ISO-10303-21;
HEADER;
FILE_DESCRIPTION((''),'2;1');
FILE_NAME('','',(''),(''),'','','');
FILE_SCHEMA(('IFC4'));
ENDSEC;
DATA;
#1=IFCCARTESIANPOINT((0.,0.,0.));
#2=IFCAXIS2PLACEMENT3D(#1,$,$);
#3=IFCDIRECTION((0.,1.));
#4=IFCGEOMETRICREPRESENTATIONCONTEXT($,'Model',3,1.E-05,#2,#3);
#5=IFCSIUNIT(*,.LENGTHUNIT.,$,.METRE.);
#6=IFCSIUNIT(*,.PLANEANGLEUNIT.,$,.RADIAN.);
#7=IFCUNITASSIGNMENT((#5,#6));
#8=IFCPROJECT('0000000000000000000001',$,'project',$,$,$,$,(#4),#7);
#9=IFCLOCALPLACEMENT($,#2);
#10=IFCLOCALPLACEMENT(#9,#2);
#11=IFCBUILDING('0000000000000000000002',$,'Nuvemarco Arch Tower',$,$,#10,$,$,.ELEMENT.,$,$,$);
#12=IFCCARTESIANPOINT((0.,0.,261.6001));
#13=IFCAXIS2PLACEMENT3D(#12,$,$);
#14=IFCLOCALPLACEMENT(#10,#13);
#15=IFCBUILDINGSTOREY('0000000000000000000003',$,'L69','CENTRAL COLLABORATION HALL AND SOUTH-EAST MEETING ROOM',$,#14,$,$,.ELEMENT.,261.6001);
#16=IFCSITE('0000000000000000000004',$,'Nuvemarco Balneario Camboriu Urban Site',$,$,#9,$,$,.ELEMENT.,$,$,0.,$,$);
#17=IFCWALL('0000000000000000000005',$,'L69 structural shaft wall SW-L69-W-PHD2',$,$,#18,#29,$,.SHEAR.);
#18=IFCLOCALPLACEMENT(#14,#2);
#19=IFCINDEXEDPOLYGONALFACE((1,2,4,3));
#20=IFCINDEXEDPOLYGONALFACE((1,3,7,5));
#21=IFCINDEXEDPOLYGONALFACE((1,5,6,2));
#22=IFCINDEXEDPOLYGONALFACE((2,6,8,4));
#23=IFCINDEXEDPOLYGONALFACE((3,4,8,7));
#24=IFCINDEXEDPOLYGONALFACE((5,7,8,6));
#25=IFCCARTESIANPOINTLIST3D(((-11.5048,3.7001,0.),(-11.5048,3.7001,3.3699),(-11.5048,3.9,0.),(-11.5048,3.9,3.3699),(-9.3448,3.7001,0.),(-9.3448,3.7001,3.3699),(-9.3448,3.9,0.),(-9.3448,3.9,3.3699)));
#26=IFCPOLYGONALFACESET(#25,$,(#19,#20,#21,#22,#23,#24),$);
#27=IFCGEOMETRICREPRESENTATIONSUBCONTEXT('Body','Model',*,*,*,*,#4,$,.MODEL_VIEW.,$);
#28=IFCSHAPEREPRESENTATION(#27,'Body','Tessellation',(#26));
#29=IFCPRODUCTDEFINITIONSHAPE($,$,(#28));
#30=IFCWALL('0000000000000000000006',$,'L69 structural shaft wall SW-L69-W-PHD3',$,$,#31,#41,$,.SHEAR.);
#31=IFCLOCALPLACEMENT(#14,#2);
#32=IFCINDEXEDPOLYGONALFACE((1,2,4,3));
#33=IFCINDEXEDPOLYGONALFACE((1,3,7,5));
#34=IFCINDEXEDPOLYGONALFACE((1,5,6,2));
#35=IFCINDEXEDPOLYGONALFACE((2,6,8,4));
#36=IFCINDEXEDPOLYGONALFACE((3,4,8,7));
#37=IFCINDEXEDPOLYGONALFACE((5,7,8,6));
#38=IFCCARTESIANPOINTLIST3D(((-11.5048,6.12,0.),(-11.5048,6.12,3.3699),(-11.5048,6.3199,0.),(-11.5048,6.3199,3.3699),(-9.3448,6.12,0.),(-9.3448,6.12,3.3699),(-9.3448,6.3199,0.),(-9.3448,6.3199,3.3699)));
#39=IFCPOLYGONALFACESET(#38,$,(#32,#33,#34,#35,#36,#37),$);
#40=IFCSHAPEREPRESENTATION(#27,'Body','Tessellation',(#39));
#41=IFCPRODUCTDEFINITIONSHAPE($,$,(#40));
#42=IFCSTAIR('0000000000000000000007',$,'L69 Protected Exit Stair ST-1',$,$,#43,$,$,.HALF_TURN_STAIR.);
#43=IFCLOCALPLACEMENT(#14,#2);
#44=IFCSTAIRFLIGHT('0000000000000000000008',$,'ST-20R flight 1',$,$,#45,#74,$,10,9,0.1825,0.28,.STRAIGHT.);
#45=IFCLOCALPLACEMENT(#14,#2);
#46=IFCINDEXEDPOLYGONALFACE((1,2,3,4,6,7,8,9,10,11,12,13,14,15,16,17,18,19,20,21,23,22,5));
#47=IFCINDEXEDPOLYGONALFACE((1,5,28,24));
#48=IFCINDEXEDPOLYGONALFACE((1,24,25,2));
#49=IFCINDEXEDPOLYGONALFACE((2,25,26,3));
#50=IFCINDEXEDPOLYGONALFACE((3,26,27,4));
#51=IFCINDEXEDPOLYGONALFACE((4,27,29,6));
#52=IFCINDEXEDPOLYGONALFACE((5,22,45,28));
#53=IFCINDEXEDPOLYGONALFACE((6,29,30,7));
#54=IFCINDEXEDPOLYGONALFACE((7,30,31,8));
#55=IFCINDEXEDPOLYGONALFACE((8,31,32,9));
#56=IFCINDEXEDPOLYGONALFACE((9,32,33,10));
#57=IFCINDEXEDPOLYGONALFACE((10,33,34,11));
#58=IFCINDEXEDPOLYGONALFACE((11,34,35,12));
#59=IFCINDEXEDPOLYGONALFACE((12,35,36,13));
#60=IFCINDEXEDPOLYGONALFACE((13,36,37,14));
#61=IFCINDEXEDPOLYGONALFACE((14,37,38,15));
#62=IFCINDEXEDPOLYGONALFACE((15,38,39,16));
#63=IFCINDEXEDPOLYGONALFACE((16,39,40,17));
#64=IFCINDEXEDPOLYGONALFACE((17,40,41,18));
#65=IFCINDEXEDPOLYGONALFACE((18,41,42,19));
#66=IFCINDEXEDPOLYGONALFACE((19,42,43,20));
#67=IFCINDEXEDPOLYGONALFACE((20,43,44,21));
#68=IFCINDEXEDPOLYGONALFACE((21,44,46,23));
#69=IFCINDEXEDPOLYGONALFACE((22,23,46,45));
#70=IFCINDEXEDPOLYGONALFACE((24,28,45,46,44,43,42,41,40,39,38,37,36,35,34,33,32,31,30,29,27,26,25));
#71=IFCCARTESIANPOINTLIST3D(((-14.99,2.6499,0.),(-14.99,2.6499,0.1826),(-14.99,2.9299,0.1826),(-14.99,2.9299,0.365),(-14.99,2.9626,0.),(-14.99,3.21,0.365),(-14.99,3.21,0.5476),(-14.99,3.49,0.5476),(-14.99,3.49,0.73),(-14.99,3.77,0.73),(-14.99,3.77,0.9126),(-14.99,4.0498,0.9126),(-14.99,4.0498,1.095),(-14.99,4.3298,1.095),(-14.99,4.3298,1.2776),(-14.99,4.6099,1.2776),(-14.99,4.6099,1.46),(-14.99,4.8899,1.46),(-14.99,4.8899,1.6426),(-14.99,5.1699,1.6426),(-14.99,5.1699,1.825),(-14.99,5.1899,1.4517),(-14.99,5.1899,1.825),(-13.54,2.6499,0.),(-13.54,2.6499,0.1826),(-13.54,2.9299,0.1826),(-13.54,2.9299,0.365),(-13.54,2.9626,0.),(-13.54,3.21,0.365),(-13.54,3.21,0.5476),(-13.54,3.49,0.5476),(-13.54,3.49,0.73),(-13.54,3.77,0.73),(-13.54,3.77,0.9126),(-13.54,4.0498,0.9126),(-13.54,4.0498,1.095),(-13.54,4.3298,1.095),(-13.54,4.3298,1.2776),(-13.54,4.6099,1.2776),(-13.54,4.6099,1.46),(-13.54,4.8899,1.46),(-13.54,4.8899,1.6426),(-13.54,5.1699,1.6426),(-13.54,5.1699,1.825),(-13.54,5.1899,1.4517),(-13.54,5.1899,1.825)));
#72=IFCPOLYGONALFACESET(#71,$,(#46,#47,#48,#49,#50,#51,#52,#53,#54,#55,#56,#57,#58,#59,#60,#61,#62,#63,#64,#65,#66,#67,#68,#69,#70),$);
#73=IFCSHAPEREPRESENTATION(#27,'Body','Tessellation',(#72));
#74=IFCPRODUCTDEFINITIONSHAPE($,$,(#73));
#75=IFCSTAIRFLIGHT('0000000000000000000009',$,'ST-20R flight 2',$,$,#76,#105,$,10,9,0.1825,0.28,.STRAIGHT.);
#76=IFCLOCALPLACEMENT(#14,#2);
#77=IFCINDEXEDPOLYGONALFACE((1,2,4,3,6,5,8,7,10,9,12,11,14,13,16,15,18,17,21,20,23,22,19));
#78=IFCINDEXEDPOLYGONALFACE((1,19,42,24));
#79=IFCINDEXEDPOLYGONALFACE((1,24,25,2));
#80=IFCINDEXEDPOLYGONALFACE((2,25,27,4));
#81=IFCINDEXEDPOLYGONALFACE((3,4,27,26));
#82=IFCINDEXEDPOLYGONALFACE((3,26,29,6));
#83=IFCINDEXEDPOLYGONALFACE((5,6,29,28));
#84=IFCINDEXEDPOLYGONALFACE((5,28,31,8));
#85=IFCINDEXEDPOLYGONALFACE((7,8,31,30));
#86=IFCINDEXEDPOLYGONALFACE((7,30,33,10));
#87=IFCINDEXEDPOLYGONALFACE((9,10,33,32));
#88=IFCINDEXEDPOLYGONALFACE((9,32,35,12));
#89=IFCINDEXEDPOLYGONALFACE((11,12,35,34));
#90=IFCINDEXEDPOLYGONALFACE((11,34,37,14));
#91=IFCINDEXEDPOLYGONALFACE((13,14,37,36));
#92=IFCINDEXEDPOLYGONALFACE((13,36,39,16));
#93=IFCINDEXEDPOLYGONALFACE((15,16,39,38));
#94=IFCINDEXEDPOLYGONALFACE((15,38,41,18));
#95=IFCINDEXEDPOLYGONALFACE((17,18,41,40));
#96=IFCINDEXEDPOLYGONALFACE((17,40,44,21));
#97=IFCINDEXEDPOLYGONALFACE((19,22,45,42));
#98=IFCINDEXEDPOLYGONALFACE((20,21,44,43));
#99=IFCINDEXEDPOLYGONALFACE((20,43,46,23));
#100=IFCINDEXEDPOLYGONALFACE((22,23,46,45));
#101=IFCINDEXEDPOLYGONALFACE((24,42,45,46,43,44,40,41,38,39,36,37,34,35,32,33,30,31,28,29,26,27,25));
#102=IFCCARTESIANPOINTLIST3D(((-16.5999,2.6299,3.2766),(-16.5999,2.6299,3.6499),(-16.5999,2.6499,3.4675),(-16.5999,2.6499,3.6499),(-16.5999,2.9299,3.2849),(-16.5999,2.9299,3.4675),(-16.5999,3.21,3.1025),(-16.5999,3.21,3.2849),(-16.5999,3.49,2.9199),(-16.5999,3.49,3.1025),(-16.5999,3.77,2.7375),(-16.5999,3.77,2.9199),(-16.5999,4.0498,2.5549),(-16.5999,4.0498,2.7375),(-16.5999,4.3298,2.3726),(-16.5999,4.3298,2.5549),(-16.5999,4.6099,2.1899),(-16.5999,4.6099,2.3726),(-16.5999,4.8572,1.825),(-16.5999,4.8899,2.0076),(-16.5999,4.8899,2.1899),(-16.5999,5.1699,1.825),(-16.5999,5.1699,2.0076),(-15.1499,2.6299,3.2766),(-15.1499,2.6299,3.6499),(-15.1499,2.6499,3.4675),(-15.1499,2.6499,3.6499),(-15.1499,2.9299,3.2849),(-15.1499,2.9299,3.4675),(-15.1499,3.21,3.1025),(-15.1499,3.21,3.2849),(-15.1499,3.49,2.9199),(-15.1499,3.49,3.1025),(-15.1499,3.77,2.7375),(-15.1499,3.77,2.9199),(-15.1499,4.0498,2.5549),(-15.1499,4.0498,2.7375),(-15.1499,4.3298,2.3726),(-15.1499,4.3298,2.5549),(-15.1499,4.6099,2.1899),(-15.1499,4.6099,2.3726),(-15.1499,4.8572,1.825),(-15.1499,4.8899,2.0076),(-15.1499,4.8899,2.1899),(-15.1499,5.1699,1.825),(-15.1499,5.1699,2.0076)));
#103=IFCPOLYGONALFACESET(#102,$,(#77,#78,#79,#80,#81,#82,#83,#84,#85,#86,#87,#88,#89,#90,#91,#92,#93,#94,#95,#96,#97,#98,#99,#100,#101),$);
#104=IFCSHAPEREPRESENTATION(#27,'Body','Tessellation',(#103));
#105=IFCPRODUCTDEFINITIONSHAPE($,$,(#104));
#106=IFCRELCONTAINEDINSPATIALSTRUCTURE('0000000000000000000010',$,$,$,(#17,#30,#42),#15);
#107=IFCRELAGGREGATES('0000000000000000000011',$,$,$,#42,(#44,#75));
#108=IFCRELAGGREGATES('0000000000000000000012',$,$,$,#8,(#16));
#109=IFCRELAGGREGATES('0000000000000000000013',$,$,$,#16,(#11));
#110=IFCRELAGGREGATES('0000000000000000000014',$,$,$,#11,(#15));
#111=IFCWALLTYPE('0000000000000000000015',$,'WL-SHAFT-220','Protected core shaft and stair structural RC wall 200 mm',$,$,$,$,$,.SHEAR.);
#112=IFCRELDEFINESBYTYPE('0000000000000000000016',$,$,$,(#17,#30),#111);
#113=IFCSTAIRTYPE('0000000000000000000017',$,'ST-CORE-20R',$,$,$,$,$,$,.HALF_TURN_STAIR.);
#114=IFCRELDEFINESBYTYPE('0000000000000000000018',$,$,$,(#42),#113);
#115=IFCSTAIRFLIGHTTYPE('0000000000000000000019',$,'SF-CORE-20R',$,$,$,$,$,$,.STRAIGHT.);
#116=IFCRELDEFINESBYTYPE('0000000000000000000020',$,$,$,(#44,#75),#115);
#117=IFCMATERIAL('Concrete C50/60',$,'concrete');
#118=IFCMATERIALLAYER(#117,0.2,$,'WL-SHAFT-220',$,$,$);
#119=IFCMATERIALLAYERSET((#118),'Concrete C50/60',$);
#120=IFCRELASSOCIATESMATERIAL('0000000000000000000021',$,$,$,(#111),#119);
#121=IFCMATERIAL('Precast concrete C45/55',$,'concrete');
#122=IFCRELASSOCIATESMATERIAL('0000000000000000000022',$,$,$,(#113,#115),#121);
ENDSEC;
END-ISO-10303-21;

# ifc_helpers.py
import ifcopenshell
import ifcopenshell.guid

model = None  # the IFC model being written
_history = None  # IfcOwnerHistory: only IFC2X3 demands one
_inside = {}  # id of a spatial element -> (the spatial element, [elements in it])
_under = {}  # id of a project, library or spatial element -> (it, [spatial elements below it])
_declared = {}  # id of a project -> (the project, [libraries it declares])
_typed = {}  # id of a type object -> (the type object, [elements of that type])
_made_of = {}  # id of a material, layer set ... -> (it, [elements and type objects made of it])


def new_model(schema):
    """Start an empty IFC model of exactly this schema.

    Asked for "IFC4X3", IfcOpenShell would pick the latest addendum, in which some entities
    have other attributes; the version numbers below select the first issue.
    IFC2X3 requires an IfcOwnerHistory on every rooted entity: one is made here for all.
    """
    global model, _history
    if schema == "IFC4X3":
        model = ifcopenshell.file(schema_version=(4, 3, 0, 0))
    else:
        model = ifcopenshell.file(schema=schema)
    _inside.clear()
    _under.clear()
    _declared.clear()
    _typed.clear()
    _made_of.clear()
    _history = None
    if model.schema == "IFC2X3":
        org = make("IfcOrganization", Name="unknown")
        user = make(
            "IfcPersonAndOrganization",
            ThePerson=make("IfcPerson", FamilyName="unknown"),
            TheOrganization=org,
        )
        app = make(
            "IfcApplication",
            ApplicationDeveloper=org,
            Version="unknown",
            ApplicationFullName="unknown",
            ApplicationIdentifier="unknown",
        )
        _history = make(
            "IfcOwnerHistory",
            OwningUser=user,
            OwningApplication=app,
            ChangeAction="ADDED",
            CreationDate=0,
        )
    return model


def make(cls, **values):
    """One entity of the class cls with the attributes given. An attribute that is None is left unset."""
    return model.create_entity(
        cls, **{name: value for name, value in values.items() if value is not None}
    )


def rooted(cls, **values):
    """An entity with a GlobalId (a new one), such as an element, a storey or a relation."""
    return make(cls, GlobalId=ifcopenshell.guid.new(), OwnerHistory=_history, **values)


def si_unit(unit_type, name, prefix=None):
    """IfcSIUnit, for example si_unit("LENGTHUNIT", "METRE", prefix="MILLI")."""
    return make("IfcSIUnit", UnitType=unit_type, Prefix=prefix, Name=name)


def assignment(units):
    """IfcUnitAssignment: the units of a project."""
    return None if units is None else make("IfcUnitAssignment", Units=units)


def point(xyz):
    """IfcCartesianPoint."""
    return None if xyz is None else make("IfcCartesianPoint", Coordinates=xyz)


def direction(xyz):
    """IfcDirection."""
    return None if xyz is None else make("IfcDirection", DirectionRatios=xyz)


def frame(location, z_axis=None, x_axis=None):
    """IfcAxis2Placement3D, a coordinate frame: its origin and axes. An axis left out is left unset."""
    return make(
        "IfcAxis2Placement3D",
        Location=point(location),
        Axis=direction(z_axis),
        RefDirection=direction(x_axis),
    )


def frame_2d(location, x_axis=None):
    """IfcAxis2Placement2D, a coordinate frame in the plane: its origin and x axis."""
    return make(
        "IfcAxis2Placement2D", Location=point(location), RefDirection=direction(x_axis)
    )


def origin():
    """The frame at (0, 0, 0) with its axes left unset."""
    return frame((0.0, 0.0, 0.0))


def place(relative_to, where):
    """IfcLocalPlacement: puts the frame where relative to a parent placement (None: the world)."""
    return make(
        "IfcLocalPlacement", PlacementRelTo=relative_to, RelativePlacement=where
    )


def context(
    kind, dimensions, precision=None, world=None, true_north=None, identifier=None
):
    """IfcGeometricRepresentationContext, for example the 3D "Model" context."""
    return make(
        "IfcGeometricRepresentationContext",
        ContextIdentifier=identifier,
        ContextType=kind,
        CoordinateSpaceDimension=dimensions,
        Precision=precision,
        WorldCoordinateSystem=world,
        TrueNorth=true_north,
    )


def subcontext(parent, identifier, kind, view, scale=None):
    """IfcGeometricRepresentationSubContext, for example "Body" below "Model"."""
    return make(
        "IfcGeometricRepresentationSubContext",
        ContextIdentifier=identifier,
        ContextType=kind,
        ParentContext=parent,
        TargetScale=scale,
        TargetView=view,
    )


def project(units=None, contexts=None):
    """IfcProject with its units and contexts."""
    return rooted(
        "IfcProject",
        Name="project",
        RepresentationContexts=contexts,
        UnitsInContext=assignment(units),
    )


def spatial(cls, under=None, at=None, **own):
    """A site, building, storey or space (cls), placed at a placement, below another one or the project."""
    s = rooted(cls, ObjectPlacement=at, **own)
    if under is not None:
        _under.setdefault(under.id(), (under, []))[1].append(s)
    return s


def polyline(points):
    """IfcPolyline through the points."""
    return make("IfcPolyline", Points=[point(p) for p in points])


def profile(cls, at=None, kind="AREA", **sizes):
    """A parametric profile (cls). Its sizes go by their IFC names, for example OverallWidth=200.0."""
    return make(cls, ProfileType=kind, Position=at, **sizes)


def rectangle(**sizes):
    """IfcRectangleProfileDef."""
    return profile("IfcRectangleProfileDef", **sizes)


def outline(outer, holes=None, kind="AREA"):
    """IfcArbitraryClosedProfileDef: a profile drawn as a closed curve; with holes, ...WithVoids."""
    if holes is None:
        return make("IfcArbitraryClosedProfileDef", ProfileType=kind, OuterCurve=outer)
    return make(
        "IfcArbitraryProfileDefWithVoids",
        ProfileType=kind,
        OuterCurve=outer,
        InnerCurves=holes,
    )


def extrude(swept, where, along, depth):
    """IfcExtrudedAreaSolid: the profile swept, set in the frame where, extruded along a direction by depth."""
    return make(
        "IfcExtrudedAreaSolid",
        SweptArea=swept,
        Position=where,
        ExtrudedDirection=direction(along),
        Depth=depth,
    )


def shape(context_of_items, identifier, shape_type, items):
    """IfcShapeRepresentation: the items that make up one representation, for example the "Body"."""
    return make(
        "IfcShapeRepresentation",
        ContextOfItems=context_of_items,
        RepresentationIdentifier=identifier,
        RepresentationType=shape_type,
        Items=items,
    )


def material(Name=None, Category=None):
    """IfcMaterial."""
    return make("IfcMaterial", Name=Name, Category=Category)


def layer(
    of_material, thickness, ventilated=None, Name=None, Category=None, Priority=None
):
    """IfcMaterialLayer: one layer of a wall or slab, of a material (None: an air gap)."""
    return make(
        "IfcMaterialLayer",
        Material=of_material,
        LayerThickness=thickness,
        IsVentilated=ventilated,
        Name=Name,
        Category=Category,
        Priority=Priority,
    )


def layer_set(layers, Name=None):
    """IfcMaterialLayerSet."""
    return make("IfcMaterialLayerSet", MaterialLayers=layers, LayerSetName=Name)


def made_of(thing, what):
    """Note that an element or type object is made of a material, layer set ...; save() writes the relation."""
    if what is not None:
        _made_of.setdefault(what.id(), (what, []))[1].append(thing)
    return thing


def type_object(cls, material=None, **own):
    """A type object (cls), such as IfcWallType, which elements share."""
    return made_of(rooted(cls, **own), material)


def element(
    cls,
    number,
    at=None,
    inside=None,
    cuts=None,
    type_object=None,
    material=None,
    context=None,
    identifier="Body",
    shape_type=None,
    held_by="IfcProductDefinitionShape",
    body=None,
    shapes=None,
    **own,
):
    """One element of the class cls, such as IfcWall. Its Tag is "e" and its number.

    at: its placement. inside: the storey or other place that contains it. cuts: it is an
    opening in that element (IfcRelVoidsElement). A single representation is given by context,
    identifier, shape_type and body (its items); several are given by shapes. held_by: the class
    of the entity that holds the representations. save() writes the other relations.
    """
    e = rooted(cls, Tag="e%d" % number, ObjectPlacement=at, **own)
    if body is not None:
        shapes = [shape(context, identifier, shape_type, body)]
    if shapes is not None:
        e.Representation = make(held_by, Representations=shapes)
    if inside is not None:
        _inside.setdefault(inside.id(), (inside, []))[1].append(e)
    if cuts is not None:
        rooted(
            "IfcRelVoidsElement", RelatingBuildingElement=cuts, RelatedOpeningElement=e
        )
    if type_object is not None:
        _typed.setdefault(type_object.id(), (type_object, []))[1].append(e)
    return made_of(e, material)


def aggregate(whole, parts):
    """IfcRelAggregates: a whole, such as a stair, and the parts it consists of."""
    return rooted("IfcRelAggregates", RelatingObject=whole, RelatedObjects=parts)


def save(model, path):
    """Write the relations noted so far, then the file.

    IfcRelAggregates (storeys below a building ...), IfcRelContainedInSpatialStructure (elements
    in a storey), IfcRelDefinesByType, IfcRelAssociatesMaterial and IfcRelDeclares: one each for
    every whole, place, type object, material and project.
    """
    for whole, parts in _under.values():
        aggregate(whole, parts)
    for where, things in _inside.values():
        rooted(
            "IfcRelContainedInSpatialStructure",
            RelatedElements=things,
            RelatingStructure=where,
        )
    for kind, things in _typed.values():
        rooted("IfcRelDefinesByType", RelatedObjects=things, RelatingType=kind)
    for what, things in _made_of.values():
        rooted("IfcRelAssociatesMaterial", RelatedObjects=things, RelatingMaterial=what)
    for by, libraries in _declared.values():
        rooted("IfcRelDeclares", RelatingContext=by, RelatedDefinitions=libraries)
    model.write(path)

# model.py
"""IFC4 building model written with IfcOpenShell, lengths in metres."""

from ifc_helpers import new_model, si_unit, direction, frame, frame_2d, origin, place, context, subcontext, project, spatial, polyline, rectangle, outline, extrude, material, layer, layer_set, type_object, element, aggregate, save


model = new_model("IFC4")

# Units and contexts
model_context = context("Model", 3, precision=1e-05, world=origin(), true_north=direction((0.0, 1.0)))
body_context = subcontext(model_context, "Body", "Model", "MODEL_VIEW")
ifc_project = project(units=[si_unit("LENGTHUNIT", "METRE"), si_unit("PLANEANGLEUNIT", "RADIAN")], contexts=[model_context])

# Site, building, storey
site_placement = place(None, origin())
site = spatial("IfcSite", under=ifc_project, at=site_placement, Name="Nuvemarco Balneario Camboriu Urban Site", CompositionType="ELEMENT", RefElevation=0.0)
building_placement = place(site_placement, origin())
building = spatial("IfcBuilding", under=site, at=building_placement, Name="Nuvemarco Arch Tower", CompositionType="ELEMENT")
storey_placement = place(building_placement, frame((0.0, 0.0, 261.6001)))
storey = spatial("IfcBuildingStorey", under=building, at=storey_placement, Name="L69", Description="CENTRAL COLLABORATION HALL AND SOUTH-EAST MEETING ROOM", CompositionType="ELEMENT", Elevation=261.6001)

# Shared definitions
ifc_material_1 = material(Name="Concrete C50/60", Category="concrete")

# Shared definitions
ifc_layer_1 = layer(ifc_material_1, 0.2, Name="WL-SHAFT-220")
ifc_layer_set_1 = layer_set([ifc_layer_1], Name="Concrete C50/60")
wall_type_1 = type_object("IfcWallType", Name="WL-SHAFT-220", Description="Protected core shaft and stair structural RC wall 200 mm", PredefinedType="SHEAR", material=ifc_layer_set_1)

# Walls
for number, where, z_axis, x_axis, name in (
    (1, (-11.5049, 3.8, 0.0), (0.0, 0.0, 1.0), (1.0, 0.0, 0.0), "L69 structural shaft wall SW-L69-W-PHD2"),
    (2, (-11.5049, 6.22, 0.0), (0.0, 0.0, 1.0), (1.0, 0.0, 0.0), "L69 structural shaft wall SW-L69-W-PHD3"),
):
    element("IfcWall", number, at=place(storey_placement, frame(where, z_axis=z_axis, x_axis=x_axis)), inside=storey, type_object=wall_type_1, Name=name, PredefinedType="SHEAR", context=body_context, shape_type="SweptSolid", body=[
        extrude(rectangle(XDim=2.1599, YDim=0.2, at=frame_2d((1.0801, 0.0))), origin(), (0.0, 0.0, 1.0), 3.3699),
    ])

# Stair, stair flights
ifc_material_2 = material(Name="Precast concrete C45/55", Category="concrete")
stair_type = type_object("IfcStairType", Name="ST-CORE-20R", PredefinedType="HALF_TURN_STAIR", material=ifc_material_2)
stair_placement = place(storey_placement, origin())
stair = element("IfcStair", 3, at=stair_placement, inside=storey, type_object=stair_type, Name="L69 Protected Exit Stair ST-1", PredefinedType="HALF_TURN_STAIR")
stair_flight_type = type_object("IfcStairFlightType", Name="SF-CORE-20R", PredefinedType="STRAIGHT", material=ifc_material_2)
stair_flight_1_placement = place(storey_placement, frame((-14.2649, 2.6499, 0.0), z_axis=(0.0, 0.0, 1.0), x_axis=(0.0, 1.0, 0.0)))
stair_flight_1 = element("IfcStairFlight", 4, at=stair_flight_1_placement, type_object=stair_flight_type, Name="ST-20R flight 1", NumberOfRisers=10, NumberOfTreads=9, PredefinedType="STRAIGHT", RiserHeight=0.1825, TreadLength=0.28, context=body_context, shape_type="SweptSolid", body=[
    extrude(outline(polyline([(0.0, 0.0), (0.0, 0.1826), (0.28, 0.1826), (0.28, 0.365), (0.5601, 0.365), (0.5601, 0.5476), (0.8401, 0.5476), (0.8401, 0.73), (1.1201, 0.73), (1.1201, 0.9126), (1.3999, 0.9126), (1.3999, 1.095), (1.6799, 1.095), (1.6799, 1.2776), (1.96, 1.2776), (1.96, 1.46), (2.24, 1.46), (2.24, 1.6426), (2.52, 1.6426), (2.52, 1.825), (2.54, 1.825), (2.54, 1.4517), (0.3127, 0.0), (0.0, 0.0)])), frame((0.0, 0.7251, 0.0), z_axis=(0.0, -1.0, 0.0), x_axis=(1.0, 0.0, 0.0)), (0.0, 0.0, 1.0), 1.45),
])
stair_flight_2_placement = place(storey_placement, frame((-15.875, 5.1699, 1.825), z_axis=(0.0, 0.0, 1.0), x_axis=(0.0, -1.0, 0.0)))
stair_flight_2 = element("IfcStairFlight", 5, at=stair_flight_2_placement, type_object=stair_flight_type, Name="ST-20R flight 2", NumberOfRisers=10, NumberOfTreads=9, PredefinedType="STRAIGHT", RiserHeight=0.1825, TreadLength=0.28, context=body_context, shape_type="SweptSolid", body=[
    extrude(outline(polyline([(0.0, 0.0), (0.0, 0.1826), (0.28, 0.1826), (0.28, 0.365), (0.5601, 0.365), (0.5601, 0.5476), (0.8401, 0.5476), (0.8401, 0.73), (1.1201, 0.73), (1.1201, 0.9126), (1.3999, 0.9126), (1.3999, 1.095), (1.6799, 1.095), (1.6799, 1.2776), (1.96, 1.2776), (1.96, 1.46), (2.24, 1.46), (2.24, 1.6426), (2.52, 1.6426), (2.52, 1.825), (2.54, 1.825), (2.54, 1.4517), (0.3127, 0.0), (0.0, 0.0)])), frame((0.0, 0.7251, 0.0), z_axis=(0.0, -1.0, 0.0), x_axis=(1.0, 0.0, 0.0)), (0.0, 0.0, 1.0), 1.45),
])
aggregate(stair, [stair_flight_1, stair_flight_2])

save(model, "model.ifc")
